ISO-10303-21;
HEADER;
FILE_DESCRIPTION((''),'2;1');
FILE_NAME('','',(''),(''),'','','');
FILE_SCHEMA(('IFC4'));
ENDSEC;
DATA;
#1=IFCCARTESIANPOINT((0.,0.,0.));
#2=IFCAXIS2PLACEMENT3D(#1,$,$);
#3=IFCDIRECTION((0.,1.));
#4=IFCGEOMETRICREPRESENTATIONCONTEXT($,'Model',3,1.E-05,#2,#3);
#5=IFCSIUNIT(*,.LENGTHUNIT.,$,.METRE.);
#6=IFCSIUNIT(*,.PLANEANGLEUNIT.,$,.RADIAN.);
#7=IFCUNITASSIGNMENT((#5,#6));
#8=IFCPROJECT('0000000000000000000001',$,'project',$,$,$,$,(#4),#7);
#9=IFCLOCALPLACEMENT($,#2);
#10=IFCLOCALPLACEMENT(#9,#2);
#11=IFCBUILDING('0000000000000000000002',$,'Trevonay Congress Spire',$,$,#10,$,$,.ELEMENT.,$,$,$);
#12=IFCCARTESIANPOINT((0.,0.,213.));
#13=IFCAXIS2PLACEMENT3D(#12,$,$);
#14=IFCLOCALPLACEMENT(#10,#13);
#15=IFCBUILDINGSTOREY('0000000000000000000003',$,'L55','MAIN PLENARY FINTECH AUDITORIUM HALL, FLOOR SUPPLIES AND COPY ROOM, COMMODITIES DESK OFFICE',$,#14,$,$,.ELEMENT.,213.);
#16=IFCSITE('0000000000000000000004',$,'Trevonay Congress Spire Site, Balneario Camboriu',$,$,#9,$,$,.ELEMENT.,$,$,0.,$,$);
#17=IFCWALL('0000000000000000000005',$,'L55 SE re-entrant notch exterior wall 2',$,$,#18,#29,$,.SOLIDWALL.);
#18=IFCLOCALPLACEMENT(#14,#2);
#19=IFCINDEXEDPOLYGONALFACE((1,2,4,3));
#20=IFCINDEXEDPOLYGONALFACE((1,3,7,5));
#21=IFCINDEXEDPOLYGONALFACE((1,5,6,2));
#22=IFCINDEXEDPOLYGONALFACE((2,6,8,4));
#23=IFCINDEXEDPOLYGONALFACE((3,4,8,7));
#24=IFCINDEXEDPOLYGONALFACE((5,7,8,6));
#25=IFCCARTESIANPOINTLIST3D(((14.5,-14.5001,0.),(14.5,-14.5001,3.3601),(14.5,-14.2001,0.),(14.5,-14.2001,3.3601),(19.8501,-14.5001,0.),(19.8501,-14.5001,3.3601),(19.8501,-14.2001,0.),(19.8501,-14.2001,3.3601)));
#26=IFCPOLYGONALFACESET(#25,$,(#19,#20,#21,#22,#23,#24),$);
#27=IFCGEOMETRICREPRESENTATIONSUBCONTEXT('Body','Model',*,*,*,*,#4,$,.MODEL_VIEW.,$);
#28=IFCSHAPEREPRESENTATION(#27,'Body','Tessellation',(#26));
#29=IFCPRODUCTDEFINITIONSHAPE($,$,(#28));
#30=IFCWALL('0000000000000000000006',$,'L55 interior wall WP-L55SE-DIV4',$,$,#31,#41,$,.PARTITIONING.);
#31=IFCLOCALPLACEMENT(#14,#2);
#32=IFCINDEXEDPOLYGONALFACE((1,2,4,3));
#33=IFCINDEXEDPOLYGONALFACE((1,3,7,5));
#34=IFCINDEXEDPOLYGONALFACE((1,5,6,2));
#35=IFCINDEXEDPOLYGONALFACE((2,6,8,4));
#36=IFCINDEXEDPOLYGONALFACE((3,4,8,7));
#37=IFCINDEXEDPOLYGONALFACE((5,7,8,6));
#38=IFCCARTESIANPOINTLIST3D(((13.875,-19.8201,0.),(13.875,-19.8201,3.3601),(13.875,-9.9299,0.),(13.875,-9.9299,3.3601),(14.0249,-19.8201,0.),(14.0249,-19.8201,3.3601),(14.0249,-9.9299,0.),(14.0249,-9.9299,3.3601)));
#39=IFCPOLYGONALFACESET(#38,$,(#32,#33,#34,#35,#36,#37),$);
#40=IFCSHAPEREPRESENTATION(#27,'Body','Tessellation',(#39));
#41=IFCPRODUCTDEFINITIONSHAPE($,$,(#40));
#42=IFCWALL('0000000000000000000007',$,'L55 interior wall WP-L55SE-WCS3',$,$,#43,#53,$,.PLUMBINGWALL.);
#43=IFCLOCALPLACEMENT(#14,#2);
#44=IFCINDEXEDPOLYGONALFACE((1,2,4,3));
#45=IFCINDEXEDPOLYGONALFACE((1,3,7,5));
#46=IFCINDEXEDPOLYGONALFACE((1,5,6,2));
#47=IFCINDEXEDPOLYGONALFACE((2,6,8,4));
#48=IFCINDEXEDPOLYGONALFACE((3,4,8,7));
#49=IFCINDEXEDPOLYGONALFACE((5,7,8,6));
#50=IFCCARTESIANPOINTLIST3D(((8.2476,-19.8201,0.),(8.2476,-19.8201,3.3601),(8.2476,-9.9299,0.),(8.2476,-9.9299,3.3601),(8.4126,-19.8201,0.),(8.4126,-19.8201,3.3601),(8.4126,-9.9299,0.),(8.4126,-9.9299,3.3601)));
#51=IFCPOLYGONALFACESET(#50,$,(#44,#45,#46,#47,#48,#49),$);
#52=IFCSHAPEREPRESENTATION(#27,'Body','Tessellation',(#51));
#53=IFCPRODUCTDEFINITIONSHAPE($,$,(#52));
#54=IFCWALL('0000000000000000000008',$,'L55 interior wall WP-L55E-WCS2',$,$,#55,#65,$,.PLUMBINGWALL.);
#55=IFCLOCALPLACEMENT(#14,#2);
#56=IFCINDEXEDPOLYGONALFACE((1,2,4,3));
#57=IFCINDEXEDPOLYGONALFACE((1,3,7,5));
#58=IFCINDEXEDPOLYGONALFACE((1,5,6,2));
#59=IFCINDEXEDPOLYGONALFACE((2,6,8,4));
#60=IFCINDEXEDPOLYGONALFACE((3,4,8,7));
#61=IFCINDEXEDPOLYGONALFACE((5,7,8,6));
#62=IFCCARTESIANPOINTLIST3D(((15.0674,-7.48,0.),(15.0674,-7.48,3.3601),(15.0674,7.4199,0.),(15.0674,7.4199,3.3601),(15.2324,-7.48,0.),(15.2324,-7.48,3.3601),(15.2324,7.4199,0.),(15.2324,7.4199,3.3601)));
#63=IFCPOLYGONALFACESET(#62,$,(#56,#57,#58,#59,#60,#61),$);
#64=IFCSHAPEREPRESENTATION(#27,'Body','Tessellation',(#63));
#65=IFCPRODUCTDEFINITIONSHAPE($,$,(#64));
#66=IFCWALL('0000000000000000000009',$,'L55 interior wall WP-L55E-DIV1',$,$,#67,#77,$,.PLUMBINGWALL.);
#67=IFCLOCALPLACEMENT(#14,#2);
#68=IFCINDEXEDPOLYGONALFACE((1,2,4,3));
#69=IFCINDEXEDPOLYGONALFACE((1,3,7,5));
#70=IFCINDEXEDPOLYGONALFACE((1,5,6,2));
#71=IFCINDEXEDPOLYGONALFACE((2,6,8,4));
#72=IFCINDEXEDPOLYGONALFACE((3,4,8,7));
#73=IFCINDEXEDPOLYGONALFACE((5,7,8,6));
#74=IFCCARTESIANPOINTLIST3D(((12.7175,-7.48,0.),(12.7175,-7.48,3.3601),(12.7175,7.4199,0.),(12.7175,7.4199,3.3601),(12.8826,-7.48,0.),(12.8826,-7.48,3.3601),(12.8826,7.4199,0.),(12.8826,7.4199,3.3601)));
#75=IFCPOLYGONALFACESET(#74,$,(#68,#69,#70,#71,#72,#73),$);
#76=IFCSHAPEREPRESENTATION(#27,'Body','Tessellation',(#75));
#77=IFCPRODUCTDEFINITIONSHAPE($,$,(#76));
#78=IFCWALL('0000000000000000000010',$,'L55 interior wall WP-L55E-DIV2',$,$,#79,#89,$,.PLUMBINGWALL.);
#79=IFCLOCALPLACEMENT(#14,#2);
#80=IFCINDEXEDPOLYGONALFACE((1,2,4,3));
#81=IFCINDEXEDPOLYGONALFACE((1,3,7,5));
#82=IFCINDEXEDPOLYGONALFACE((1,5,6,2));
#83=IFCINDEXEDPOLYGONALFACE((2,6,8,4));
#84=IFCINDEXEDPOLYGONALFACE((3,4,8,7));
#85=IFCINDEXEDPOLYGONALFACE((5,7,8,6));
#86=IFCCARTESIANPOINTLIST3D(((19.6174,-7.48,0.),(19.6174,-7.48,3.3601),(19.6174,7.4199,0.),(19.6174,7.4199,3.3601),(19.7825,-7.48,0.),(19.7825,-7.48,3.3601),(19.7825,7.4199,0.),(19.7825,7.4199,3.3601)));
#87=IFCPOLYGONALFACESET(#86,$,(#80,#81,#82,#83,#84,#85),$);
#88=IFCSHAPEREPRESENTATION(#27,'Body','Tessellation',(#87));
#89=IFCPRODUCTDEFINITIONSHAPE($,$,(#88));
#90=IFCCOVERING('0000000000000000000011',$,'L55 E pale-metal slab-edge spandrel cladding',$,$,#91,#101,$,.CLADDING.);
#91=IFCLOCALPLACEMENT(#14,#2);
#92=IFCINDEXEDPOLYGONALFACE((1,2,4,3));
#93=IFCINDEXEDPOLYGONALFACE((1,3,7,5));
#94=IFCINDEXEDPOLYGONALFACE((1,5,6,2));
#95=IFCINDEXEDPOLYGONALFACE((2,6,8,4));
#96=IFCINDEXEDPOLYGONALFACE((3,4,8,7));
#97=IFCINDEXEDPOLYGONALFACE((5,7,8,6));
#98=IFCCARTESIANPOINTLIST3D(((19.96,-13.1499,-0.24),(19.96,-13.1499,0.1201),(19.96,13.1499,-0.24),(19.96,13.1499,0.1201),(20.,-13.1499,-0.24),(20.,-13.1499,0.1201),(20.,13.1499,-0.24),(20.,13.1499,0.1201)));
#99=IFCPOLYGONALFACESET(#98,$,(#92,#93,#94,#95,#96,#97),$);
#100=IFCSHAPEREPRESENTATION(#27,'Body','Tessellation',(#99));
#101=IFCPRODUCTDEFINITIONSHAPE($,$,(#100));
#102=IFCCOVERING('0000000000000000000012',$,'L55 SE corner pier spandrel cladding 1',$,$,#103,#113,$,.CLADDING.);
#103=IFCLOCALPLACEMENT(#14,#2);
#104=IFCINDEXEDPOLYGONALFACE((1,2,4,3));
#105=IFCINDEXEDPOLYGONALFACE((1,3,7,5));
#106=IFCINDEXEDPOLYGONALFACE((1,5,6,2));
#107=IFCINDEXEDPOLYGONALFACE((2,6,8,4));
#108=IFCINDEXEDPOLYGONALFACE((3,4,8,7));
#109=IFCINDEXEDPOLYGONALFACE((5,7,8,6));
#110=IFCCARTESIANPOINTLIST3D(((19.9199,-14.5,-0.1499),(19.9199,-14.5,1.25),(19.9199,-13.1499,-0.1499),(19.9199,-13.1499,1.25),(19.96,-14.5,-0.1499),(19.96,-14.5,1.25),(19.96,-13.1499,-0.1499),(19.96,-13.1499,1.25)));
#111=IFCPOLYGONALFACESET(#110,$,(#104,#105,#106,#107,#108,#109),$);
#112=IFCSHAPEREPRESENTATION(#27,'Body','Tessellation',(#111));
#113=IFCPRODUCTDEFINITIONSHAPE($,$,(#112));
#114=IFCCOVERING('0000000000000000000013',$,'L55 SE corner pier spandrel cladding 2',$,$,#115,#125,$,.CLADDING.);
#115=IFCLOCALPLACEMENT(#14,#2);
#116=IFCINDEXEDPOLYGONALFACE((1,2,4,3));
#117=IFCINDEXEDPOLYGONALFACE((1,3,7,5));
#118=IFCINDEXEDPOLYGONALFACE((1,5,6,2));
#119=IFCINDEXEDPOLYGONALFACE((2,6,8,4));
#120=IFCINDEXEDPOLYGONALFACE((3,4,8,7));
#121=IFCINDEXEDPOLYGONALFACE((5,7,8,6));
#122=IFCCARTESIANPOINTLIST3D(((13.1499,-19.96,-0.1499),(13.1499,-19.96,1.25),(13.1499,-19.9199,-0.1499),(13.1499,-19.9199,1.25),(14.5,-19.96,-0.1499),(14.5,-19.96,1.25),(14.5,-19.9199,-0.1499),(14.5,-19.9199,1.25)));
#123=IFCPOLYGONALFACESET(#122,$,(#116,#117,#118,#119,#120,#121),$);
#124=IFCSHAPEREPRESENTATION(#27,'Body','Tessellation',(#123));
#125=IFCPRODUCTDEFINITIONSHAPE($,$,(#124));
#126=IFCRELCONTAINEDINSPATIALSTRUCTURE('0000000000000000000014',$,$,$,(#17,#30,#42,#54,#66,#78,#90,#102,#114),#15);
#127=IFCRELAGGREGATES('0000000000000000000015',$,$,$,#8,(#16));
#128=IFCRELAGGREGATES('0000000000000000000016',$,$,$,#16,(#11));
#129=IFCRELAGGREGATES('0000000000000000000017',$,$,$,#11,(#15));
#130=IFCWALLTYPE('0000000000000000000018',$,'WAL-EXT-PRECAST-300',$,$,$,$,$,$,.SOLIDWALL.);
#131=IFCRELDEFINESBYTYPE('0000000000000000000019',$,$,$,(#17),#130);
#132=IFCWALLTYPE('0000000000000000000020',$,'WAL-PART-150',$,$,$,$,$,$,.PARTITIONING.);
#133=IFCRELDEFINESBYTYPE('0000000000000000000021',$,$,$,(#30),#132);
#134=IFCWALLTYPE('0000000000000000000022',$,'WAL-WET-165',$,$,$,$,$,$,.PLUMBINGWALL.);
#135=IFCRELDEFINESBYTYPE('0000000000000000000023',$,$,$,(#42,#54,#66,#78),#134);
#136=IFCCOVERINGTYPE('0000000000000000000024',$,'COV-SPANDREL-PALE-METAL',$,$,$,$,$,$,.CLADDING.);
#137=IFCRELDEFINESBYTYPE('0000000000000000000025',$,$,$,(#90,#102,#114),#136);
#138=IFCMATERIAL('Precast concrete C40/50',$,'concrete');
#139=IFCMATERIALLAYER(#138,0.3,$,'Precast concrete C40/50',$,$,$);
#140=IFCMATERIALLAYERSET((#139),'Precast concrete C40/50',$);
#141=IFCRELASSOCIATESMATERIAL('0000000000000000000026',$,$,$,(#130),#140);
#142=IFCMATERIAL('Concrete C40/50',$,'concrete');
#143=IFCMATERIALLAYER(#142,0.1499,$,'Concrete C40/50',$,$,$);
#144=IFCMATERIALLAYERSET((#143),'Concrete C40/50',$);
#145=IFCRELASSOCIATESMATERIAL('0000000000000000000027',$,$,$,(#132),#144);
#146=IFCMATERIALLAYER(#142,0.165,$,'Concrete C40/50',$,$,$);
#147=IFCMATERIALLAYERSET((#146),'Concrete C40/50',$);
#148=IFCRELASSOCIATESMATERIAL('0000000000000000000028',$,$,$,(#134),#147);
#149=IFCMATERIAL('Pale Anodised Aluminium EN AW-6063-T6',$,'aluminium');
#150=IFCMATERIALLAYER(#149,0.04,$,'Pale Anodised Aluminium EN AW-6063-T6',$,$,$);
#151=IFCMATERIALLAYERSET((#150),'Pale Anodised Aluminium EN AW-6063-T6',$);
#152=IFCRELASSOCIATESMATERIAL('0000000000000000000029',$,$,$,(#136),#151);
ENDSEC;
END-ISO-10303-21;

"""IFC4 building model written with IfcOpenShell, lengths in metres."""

from ifc_helpers import new_model, si_unit, direction, frame, frame_2d, origin, place, context, subcontext, project, spatial, rectangle, extrude, material, layer, layer_set, type_object, element, save


model = new_model("IFC4")

# Units and contexts
model_context = context("Model", 3, precision=1e-05, world=origin(), true_north=direction((0.0, 1.0)))
body_context = subcontext(model_context, "Body", "Model", "MODEL_VIEW")
ifc_project = project(units=[si_unit("LENGTHUNIT", "METRE"), si_unit("PLANEANGLEUNIT", "RADIAN")], contexts=[model_context])

# Site, building, storey
site_placement = place(None, origin())
site = spatial("IfcSite", under=ifc_project, at=site_placement, Name="Trevonay Congress Spire Site, Balneario Camboriu", CompositionType="ELEMENT", RefElevation=0.0)
building_placement = place(site_placement, origin())
building = spatial("IfcBuilding", under=site, at=building_placement, Name="Trevonay Congress Spire", CompositionType="ELEMENT")
storey_placement = place(building_placement, frame((0.0, 0.0, 213.0)))
storey = spatial("IfcBuildingStorey", under=building, at=storey_placement, Name="L55", Description="MAIN PLENARY FINTECH AUDITORIUM HALL, FLOOR SUPPLIES AND COPY ROOM, COMMODITIES DESK OFFICE", CompositionType="ELEMENT", Elevation=213.0)

# Shared definitions
ifc_material_1 = material(Name="Pale Anodised Aluminium EN AW-6063-T6", Category="aluminium")

# Shared definitions
ifc_material_2 = material(Name="Precast concrete C40/50", Category="concrete")
ifc_layer_1 = layer(ifc_material_2, 0.3, Name="Precast concrete C40/50")
ifc_layer_set_1 = layer_set([ifc_layer_1], Name="Precast concrete C40/50")
wall_type_1 = type_object("IfcWallType", Name="WAL-EXT-PRECAST-300", PredefinedType="SOLIDWALL", material=ifc_layer_set_1)

# Walls
wall_1_placement = place(storey_placement, frame((19.8501, -14.3501, 0.0), z_axis=(0.0, 0.0, 1.0), x_axis=(-1.0, 0.0, 0.0)))
element("IfcWall", 1, at=wall_1_placement, inside=storey, type_object=wall_type_1, Name="L55 SE re-entrant notch exterior wall 2", PredefinedType="SOLIDWALL", context=body_context, shape_type="SweptSolid", body=[
    extrude(rectangle(XDim=5.3501, YDim=0.3, at=frame_2d((2.675, 0.0))), origin(), (0.0, 0.0, 1.0), 3.3601),
])
ifc_material_3 = material(Name="Concrete C40/50", Category="concrete")
ifc_layer_2 = layer(ifc_material_3, 0.1499, Name="Concrete C40/50")
ifc_layer_set_2 = layer_set([ifc_layer_2], Name="Concrete C40/50")
wall_type_2 = type_object("IfcWallType", Name="WAL-PART-150", PredefinedType="PARTITIONING", material=ifc_layer_set_2)
wall_2_placement = place(storey_placement, frame((13.95, -19.8201, 0.0), z_axis=(0.0, 0.0, 1.0), x_axis=(0.0, 1.0, 0.0)))
element("IfcWall", 2, at=wall_2_placement, inside=storey, type_object=wall_type_2, Name="L55 interior wall WP-L55SE-DIV4", PredefinedType="PARTITIONING", context=body_context, shape_type="SweptSolid", body=[
    extrude(rectangle(XDim=9.8901, YDim=0.1499, at=frame_2d((4.9451, 0.0))), origin(), (0.0, 0.0, 1.0), 3.3601),
])
ifc_layer_3 = layer(ifc_material_3, 0.165, Name="Concrete C40/50")
ifc_layer_set_3 = layer_set([ifc_layer_3], Name="Concrete C40/50")
wall_type_3 = type_object("IfcWallType", Name="WAL-WET-165", PredefinedType="PLUMBINGWALL", material=ifc_layer_set_3)
wall_3_placement = place(storey_placement, frame((8.3301, -19.8201, 0.0), z_axis=(0.0, 0.0, 1.0), x_axis=(0.0, 1.0, 0.0)))
element("IfcWall", 3, at=wall_3_placement, inside=storey, type_object=wall_type_3, Name="L55 interior wall WP-L55SE-WCS3", PredefinedType="PLUMBINGWALL", context=body_context, shape_type="SweptSolid", body=[
    extrude(rectangle(XDim=9.8901, YDim=0.165, at=frame_2d((4.9451, 0.0))), origin(), (0.0, 0.0, 1.0), 3.3601),
])
for number, where, z_axis, x_axis, name in (
    (4, (15.1499, -7.48, 0.0), (0.0, 0.0, 1.0), (0.0, 1.0, 0.0), "L55 interior wall WP-L55E-WCS2"),
    (5, (12.8, -7.48, 0.0), (0.0, 0.0, 1.0), (0.0, 1.0, 0.0), "L55 interior wall WP-L55E-DIV1"),
    (6, (19.7, -7.48, 0.0), (0.0, 0.0, 1.0), (0.0, 1.0, 0.0), "L55 interior wall WP-L55E-DIV2"),
):
    element("IfcWall", number, at=place(storey_placement, frame(where, z_axis=z_axis, x_axis=x_axis)), inside=storey, type_object=wall_type_3, Name=name, PredefinedType="PLUMBINGWALL", context=body_context, shape_type="SweptSolid", body=[
        extrude(rectangle(XDim=14.8999, YDim=0.165, at=frame_2d((7.45, 0.0))), origin(), (0.0, 0.0, 1.0), 3.3601),
    ])

# Coverings
ifc_layer_4 = layer(ifc_material_1, 0.04, Name="Pale Anodised Aluminium EN AW-6063-T6")
ifc_layer_set_4 = layer_set([ifc_layer_4], Name="Pale Anodised Aluminium EN AW-6063-T6")
covering_type = type_object("IfcCoveringType", Name="COV-SPANDREL-PALE-METAL", PredefinedType="CLADDING", material=ifc_layer_set_4)
covering_placement = place(storey_placement, frame((19.98, -13.1499, -0.24), z_axis=(0.0, 0.0, 1.0), x_axis=(0.0, 1.0, 0.0)))
element("IfcCovering", 7, at=covering_placement, inside=storey, type_object=covering_type, Name="L55 E pale-metal slab-edge spandrel cladding", PredefinedType="CLADDING", context=body_context, shape_type="SweptSolid", body=[
    extrude(rectangle(XDim=26.2998, YDim=0.04, at=frame_2d((13.1499, 0.0))), origin(), (0.0, 0.0, 1.0), 0.3601),
])
for number, where, z_axis, x_axis, name in (
    (8, (19.9399, -13.1499, -0.1499), (0.0, 0.0, 1.0), (0.0, -1.0, 0.0), "L55 SE corner pier spandrel cladding 1"),
    (9, (13.1499, -19.9399, -0.1499), (0.0, 0.0, 1.0), (1.0, 0.0, 0.0), "L55 SE corner pier spandrel cladding 2"),
):
    element("IfcCovering", number, at=place(storey_placement, frame(where, z_axis=z_axis, x_axis=x_axis)), inside=storey, type_object=covering_type, Name=name, PredefinedType="CLADDING", context=body_context, shape_type="SweptSolid", body=[
        extrude(rectangle(XDim=1.3501, YDim=0.04, at=frame_2d((0.675, 0.0))), origin(), (0.0, 0.0, 1.0), 1.3999),
    ])

save(model, "model.ifc")
